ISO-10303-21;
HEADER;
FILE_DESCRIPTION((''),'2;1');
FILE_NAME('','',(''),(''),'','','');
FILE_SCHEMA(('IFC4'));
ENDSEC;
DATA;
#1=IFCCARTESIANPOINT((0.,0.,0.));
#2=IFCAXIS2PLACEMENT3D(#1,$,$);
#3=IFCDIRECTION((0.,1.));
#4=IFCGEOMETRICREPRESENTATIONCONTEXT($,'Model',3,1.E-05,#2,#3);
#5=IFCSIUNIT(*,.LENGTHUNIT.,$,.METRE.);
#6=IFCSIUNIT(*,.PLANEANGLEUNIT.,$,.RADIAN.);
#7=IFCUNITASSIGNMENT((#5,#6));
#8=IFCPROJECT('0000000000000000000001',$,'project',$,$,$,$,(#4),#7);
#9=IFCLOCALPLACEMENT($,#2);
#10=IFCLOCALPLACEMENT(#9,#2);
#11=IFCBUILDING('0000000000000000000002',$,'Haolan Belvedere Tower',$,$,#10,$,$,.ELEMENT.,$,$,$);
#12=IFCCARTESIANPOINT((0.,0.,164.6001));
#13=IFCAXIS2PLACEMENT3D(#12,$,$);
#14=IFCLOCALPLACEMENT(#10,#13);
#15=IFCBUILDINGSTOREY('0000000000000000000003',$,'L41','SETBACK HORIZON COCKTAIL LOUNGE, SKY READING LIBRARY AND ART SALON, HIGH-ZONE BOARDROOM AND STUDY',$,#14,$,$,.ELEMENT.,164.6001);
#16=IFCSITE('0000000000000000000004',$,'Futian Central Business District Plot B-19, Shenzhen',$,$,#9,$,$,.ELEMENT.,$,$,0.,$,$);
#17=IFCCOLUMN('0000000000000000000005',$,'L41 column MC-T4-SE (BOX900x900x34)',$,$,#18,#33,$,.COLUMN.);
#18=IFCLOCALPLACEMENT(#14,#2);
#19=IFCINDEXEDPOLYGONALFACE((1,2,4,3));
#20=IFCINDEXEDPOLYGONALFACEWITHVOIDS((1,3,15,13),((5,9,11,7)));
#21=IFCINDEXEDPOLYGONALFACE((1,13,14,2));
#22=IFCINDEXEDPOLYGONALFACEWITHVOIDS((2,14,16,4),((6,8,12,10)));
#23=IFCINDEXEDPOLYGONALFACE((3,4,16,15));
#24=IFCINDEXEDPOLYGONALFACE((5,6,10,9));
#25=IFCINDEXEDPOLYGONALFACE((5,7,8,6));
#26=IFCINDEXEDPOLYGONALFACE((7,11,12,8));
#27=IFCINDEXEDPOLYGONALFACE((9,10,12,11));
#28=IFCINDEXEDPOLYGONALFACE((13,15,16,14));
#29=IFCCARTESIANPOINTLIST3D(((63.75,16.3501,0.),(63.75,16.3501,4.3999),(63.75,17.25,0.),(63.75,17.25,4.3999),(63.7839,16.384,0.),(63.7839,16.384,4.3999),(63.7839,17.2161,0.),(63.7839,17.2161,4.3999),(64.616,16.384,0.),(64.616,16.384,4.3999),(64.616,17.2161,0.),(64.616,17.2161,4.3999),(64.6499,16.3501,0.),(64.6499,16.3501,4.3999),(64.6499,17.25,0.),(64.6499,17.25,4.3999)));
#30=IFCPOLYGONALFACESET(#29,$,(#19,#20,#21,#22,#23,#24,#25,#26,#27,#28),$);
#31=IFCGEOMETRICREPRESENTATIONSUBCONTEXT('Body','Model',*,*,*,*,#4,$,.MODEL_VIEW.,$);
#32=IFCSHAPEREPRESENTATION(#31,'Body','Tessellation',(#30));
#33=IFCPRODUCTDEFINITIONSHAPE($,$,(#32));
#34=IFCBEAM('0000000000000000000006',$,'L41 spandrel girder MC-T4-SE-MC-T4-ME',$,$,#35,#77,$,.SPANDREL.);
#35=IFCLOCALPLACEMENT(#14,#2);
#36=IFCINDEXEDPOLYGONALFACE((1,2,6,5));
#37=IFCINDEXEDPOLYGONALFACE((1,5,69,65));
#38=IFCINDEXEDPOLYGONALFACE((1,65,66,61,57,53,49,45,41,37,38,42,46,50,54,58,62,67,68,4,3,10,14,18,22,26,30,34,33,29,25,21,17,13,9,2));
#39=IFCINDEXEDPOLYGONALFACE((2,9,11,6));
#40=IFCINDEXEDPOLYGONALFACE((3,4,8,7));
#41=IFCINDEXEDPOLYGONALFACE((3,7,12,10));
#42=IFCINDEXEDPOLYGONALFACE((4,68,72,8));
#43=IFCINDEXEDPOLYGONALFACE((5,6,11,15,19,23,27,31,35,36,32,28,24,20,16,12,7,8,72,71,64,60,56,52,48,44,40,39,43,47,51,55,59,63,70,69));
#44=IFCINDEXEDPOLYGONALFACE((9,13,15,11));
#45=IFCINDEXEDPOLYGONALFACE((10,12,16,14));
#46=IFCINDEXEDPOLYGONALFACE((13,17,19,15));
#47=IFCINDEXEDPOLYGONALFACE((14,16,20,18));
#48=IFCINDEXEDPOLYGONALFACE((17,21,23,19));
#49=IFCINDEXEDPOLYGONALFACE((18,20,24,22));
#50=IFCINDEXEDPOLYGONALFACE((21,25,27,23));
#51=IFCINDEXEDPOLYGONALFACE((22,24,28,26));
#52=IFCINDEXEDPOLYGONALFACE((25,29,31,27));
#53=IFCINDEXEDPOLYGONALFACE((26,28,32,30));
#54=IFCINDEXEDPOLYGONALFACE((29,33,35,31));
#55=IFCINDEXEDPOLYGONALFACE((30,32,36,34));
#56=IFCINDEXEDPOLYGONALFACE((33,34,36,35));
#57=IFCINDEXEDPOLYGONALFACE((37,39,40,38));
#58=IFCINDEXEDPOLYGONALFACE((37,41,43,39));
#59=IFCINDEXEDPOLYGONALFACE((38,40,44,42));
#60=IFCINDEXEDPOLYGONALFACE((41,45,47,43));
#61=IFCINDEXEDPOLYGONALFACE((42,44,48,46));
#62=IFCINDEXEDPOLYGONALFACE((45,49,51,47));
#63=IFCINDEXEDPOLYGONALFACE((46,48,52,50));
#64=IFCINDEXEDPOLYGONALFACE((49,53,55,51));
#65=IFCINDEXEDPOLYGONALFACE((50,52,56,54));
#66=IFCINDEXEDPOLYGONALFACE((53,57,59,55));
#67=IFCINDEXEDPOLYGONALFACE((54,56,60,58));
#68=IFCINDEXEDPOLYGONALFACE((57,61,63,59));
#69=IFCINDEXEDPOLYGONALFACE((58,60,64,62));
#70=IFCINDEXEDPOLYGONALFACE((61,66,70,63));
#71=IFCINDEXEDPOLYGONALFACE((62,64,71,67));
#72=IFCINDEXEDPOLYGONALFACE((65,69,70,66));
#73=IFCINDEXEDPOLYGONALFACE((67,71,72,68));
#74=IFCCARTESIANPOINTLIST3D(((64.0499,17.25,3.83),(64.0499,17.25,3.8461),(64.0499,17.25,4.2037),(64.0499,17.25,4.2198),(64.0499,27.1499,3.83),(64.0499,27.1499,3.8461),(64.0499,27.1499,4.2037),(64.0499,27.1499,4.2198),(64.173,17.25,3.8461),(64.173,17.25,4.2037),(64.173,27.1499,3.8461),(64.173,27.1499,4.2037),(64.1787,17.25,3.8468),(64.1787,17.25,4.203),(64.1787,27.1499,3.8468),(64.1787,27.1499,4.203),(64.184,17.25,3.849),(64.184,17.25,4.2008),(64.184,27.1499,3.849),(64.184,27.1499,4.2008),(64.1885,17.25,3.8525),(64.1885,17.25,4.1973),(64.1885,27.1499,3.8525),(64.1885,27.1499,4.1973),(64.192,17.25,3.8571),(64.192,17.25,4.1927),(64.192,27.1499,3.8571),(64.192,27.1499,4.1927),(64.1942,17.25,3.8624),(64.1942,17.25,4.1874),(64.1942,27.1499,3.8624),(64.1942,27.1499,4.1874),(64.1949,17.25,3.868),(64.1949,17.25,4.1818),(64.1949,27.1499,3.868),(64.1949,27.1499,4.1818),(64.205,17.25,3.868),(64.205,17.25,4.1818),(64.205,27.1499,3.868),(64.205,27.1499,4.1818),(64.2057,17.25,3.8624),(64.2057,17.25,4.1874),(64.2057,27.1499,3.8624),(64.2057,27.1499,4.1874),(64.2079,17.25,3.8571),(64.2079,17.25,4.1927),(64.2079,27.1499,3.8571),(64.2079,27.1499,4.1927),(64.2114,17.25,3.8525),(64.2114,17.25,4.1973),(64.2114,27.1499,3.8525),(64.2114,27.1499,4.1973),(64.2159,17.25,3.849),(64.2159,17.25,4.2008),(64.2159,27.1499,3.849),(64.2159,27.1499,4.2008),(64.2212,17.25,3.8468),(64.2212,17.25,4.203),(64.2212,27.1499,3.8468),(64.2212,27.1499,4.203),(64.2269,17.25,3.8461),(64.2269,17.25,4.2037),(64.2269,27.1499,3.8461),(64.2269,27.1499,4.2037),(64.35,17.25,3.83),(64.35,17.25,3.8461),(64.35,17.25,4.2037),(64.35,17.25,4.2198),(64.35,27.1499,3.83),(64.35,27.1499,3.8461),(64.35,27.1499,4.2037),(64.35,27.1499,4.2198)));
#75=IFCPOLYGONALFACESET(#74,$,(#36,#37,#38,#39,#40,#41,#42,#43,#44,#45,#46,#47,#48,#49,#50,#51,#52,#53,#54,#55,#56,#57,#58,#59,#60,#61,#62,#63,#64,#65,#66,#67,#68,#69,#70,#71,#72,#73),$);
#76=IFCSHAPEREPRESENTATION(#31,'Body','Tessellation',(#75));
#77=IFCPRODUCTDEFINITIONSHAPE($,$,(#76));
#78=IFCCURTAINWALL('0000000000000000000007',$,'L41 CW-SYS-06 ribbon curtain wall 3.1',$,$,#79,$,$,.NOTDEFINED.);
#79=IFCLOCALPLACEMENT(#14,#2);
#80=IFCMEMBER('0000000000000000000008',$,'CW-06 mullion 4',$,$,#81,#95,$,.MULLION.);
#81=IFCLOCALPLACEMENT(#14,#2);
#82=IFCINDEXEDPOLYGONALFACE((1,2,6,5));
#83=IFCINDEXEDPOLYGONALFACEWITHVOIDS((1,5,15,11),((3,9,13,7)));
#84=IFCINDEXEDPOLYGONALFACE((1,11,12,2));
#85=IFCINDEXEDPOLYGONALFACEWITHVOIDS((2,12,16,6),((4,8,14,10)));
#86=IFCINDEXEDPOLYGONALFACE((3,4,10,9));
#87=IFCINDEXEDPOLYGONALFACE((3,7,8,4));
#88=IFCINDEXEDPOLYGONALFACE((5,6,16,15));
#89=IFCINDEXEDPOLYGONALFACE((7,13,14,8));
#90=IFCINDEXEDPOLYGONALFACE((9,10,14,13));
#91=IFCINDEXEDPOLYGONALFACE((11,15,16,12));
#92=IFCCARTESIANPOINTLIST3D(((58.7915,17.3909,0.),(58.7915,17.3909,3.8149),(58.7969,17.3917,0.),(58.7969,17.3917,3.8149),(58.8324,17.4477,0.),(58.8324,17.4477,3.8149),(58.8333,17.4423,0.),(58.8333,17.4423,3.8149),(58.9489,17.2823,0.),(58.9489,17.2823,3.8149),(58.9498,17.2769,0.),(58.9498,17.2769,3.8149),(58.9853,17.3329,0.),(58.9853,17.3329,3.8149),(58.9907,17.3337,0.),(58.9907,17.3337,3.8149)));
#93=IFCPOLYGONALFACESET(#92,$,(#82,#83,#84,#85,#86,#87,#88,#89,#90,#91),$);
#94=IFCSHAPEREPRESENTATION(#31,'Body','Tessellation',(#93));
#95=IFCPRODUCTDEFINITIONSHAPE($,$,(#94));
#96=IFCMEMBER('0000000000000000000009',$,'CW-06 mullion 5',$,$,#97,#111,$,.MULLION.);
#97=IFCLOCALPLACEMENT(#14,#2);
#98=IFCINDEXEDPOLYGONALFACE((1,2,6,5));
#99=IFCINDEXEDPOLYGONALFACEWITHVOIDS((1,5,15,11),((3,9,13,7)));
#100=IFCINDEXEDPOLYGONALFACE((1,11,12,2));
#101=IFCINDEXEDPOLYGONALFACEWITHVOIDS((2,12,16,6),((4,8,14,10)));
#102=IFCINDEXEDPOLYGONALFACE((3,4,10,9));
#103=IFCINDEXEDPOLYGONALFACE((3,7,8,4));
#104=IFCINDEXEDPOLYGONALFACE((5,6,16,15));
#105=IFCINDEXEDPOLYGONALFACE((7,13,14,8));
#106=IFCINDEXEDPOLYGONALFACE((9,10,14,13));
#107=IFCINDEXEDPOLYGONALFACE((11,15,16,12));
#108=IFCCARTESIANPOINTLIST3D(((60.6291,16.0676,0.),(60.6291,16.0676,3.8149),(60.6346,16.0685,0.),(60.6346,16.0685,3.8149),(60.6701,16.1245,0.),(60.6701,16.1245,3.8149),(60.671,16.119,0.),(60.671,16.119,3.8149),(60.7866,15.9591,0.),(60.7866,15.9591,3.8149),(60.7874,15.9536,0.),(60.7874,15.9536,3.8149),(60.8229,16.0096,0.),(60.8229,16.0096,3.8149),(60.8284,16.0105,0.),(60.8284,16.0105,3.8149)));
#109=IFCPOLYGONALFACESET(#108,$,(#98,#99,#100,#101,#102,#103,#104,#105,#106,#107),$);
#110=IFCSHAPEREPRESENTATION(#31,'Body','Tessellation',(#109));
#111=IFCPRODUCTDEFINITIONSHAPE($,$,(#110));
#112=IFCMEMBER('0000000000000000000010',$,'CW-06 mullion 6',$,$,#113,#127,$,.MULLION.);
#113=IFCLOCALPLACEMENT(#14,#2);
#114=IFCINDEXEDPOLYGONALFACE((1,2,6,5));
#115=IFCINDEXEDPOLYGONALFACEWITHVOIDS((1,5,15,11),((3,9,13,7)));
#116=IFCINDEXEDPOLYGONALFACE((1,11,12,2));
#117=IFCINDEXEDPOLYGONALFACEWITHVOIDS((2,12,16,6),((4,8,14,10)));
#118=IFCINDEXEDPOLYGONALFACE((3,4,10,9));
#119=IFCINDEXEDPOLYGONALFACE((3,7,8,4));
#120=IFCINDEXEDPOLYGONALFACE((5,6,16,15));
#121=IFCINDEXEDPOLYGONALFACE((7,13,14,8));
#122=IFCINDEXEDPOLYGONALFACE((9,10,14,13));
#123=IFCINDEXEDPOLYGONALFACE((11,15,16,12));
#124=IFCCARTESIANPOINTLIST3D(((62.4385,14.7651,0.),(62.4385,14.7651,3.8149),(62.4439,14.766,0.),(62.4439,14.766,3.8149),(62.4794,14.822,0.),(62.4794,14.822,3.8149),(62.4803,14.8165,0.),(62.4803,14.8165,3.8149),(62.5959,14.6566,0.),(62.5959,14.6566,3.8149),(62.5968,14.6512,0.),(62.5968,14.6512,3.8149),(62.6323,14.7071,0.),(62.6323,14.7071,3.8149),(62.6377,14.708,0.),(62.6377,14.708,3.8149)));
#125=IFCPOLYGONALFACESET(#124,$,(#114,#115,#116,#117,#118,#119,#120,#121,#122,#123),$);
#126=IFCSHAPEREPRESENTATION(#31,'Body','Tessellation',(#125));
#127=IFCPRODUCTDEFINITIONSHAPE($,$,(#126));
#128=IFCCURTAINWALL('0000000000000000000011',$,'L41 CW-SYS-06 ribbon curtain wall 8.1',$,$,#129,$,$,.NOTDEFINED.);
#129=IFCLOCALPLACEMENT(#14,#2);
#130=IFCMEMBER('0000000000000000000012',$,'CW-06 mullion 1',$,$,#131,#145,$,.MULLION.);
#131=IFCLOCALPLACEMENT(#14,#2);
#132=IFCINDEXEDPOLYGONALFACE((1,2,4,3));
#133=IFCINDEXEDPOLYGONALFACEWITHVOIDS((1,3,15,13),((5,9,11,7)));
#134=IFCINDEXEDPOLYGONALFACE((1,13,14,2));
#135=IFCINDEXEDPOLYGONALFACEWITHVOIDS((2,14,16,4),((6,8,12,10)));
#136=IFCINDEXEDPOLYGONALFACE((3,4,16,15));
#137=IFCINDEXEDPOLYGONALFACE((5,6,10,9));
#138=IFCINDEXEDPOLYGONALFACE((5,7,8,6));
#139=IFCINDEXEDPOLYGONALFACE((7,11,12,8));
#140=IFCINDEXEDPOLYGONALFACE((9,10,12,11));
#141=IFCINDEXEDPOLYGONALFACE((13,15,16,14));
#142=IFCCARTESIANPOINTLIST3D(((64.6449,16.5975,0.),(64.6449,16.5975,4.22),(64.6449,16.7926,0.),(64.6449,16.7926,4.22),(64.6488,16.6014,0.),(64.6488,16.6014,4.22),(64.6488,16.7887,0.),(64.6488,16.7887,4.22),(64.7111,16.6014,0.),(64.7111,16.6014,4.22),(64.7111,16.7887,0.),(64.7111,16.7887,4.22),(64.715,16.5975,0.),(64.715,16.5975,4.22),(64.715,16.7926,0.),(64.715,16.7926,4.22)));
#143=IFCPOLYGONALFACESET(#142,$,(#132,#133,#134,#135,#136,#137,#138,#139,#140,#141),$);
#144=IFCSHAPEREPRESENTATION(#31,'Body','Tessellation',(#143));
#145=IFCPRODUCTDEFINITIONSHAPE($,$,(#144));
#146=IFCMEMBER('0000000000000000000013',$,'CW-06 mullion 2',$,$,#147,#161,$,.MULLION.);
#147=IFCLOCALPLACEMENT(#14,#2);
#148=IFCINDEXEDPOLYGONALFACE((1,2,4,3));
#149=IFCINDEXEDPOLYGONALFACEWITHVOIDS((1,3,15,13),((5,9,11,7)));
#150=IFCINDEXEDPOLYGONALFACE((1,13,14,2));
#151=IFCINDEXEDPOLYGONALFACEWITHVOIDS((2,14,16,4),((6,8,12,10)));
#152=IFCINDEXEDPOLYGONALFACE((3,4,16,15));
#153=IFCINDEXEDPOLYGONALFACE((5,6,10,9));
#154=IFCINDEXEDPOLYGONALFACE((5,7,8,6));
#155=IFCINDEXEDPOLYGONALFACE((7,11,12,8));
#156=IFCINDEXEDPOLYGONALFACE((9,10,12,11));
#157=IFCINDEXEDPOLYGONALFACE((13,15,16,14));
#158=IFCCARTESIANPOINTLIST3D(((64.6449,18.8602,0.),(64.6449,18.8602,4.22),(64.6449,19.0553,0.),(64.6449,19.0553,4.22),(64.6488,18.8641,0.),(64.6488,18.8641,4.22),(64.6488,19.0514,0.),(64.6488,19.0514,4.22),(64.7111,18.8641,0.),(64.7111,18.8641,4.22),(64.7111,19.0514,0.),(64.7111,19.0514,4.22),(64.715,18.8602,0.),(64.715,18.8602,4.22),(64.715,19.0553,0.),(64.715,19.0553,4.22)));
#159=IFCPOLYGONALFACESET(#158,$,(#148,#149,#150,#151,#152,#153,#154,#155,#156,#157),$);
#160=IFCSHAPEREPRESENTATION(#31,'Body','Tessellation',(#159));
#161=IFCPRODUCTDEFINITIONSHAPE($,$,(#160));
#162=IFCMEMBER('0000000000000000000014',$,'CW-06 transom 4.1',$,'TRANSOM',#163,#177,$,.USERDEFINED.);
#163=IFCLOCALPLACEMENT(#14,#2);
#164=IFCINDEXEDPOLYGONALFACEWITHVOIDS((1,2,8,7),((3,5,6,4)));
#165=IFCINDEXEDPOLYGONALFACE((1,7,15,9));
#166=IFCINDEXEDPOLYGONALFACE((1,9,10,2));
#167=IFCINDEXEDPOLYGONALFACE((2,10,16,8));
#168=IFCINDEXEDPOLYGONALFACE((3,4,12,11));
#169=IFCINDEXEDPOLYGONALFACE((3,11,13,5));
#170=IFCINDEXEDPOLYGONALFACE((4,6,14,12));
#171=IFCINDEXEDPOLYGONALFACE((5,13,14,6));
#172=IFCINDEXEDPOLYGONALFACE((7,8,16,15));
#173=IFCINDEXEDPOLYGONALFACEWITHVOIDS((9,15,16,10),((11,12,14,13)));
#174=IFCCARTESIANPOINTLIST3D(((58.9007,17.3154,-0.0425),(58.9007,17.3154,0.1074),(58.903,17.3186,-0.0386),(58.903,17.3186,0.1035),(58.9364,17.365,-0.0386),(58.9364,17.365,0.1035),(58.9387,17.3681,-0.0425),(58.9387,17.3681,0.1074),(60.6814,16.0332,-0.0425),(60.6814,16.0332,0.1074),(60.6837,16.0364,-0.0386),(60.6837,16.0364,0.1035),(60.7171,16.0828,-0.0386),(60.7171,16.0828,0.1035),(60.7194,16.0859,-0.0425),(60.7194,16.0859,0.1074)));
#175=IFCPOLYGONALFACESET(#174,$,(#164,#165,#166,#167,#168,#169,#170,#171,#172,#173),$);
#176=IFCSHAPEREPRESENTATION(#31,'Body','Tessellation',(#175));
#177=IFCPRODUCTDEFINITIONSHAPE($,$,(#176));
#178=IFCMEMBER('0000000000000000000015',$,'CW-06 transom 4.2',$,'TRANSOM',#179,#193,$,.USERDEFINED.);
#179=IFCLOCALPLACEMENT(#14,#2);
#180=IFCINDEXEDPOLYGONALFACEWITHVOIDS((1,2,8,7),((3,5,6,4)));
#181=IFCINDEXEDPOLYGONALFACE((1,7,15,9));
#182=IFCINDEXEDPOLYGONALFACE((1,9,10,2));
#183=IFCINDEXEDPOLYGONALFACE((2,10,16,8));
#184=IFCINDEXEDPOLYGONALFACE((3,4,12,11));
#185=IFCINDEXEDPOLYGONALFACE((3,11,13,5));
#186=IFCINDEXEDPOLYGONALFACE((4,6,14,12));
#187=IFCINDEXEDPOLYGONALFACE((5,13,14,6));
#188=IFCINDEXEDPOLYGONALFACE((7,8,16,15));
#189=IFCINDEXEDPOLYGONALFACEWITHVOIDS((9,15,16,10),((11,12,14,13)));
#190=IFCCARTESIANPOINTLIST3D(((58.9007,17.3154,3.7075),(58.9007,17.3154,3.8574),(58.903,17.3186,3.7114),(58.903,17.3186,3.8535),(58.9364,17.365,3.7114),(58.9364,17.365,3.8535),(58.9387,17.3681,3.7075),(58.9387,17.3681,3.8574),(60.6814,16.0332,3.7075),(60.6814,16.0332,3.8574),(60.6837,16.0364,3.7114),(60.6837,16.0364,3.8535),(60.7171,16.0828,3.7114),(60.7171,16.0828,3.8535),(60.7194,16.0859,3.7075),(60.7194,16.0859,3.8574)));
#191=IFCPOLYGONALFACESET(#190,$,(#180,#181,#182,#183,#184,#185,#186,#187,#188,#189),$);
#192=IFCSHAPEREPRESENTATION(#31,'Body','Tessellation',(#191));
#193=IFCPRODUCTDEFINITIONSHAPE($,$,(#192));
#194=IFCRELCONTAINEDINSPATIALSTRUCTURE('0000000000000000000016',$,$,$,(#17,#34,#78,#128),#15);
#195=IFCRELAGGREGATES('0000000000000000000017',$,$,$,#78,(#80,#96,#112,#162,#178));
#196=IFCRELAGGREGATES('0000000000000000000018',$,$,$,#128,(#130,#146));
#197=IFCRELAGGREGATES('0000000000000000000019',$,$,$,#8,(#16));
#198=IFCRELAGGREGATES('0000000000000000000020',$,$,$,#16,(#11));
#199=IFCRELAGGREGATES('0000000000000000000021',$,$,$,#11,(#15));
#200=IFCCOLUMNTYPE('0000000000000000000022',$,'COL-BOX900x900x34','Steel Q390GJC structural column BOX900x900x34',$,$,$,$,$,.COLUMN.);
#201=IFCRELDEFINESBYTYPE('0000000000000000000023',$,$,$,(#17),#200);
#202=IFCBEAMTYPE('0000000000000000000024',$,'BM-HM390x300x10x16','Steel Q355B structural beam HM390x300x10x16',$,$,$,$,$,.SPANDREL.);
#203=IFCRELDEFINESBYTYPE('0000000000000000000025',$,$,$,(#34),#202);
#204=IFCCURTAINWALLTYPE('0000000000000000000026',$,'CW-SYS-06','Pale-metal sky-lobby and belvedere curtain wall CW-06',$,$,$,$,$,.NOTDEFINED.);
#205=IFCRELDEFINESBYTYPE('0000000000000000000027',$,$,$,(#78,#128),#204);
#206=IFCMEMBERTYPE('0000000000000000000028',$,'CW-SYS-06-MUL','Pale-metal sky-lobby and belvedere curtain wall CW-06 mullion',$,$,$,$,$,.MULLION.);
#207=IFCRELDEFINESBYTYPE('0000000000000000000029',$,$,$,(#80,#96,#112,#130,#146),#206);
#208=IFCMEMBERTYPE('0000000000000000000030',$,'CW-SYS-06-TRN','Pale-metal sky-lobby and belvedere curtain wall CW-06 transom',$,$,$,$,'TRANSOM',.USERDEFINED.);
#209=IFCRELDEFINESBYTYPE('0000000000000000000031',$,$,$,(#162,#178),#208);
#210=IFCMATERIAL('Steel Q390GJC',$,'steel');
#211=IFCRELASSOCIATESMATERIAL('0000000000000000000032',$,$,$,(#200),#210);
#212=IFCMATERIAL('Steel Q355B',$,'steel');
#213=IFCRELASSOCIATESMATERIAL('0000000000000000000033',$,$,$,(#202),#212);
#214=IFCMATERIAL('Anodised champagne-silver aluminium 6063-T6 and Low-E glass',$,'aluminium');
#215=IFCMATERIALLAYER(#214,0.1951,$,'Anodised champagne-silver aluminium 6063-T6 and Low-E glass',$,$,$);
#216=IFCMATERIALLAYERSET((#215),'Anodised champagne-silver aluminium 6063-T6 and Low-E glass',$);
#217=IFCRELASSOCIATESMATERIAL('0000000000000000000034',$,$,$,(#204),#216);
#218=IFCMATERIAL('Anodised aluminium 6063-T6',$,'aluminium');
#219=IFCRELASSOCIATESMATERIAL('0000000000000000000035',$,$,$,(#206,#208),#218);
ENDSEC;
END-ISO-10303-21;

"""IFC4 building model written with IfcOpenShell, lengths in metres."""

from ifc_helpers import new_model, si_unit, direction, frame, origin, origin_2d, place, context, subcontext, project, spatial, hollow_rectangle, i_section, extrude, material, layer, layer_set, material_profile, profile_set, type_object, element, aggregate, save


model = new_model("IFC4")

# Units and contexts
model_context = context("Model", 3, precision=1e-05, world=origin(), true_north=direction((0.0, 1.0)))
body_context = subcontext(model_context, "Body", "Model", "MODEL_VIEW")
ifc_project = project(units=[si_unit("LENGTHUNIT", "METRE"), si_unit("PLANEANGLEUNIT", "RADIAN")], contexts=[model_context])

# Site, building, storey
site_placement = place(None, origin())
site = spatial("IfcSite", under=ifc_project, at=site_placement, Name="Futian Central Business District Plot B-19, Shenzhen", CompositionType="ELEMENT", RefElevation=0.0)
building_placement = place(site_placement, origin())
building = spatial("IfcBuilding", under=site, at=building_placement, Name="Haolan Belvedere Tower", CompositionType="ELEMENT")
storey_placement = place(building_placement, frame((0.0, 0.0, 164.6001)))
storey = spatial("IfcBuildingStorey", under=building, at=storey_placement, Name="L41", Description="SETBACK HORIZON COCKTAIL LOUNGE, SKY READING LIBRARY AND ART SALON, HIGH-ZONE BOARDROOM AND STUDY", CompositionType="ELEMENT", Elevation=164.6001)

# Column
ifc_material_1 = material(Name="Steel Q390GJC", Category="steel")
ifc_material_profile_1 = material_profile(ifc_material_1, hollow_rectangle(XDim=0.8999, YDim=0.8999, WallThickness=0.0339, at=origin_2d()), Name="Steel Q390GJC")
ifc_profile_set_1 = profile_set([ifc_material_profile_1], Name="Steel Q390GJC")
column_type = type_object("IfcColumnType", Name="COL-BOX900x900x34", Description="Steel Q390GJC structural column BOX900x900x34", PredefinedType="COLUMN", material=ifc_profile_set_1)
column_placement = place(storey_placement, frame((64.2, 16.8, 0.0), z_axis=(0.0, 0.0, 1.0), x_axis=(1.0, 0.0, 0.0)))
element("IfcColumn", 1, at=column_placement, inside=storey, type_object=column_type, Name="L41 column MC-T4-SE (BOX900x900x34)", PredefinedType="COLUMN", context=body_context, shape_type="SweptSolid", body=[
    extrude(hollow_rectangle(XDim=0.8999, YDim=0.8999, WallThickness=0.0339, at=origin_2d()), origin(), (0.0, 0.0, 1.0), 4.3999),
])

# Beam
ifc_material_2 = material(Name="Steel Q355B", Category="steel")
ifc_material_profile_2 = material_profile(ifc_material_2, i_section(OverallWidth=0.3, OverallDepth=0.3899, WebThickness=0.01, FlangeThickness=0.0161, FilletRadius=0.022, at=origin_2d()), Name="Steel Q355B")
ifc_profile_set_2 = profile_set([ifc_material_profile_2], Name="Steel Q355B")
beam_type = type_object("IfcBeamType", Name="BM-HM390x300x10x16", Description="Steel Q355B structural beam HM390x300x10x16", PredefinedType="SPANDREL", material=ifc_profile_set_2)
beam_placement = place(storey_placement, frame((64.2, 17.25, 4.0249), z_axis=(0.0, 1.0, 0.0), x_axis=(-1.0, 0.0, 0.0)))
element("IfcBeam", 2, at=beam_placement, inside=storey, type_object=beam_type, Name="L41 spandrel girder MC-T4-SE-MC-T4-ME", PredefinedType="SPANDREL", context=body_context, shape_type="SweptSolid", body=[
    extrude(i_section(OverallWidth=0.3, OverallDepth=0.3899, WebThickness=0.01, FlangeThickness=0.0161, FilletRadius=0.022, at=origin_2d()), origin(), (0.0, 0.0, 1.0), 9.8999),
])

# Curtain walls, members
ifc_material_3 = material(Name="Anodised champagne-silver aluminium 6063-T6 and Low-E glass", Category="aluminium")
ifc_layer_1 = layer(ifc_material_3, 0.1951, Name="Anodised champagne-silver aluminium 6063-T6 and Low-E glass")
ifc_layer_set_1 = layer_set([ifc_layer_1], Name="Anodised champagne-silver aluminium 6063-T6 and Low-E glass")
curtain_wall_type = type_object("IfcCurtainWallType", Name="CW-SYS-06", Description="Pale-metal sky-lobby and belvedere curtain wall CW-06", PredefinedType="NOTDEFINED", material=ifc_layer_set_1)
curtain_wall_1_placement = place(storey_placement, origin())
curtain_wall_1 = element("IfcCurtainWall", 3, at=curtain_wall_1_placement, inside=storey, type_object=curtain_wall_type, Name="L41 CW-SYS-06 ribbon curtain wall 3.1", PredefinedType="NOTDEFINED")
ifc_material_4 = material(Name="Anodised aluminium 6063-T6", Category="aluminium")
ifc_material_profile_3 = material_profile(ifc_material_4, hollow_rectangle(XDim=0.0701, YDim=0.1951, WallThickness=0.0039, at=origin_2d()), Name="Anodised aluminium 6063-T6")
ifc_profile_set_3 = profile_set([ifc_material_profile_3], Name="Anodised aluminium 6063-T6")
member_type_1 = type_object("IfcMemberType", Name="CW-SYS-06-MUL", Description="Pale-metal sky-lobby and belvedere curtain wall CW-06 mullion", PredefinedType="MULLION", material=ifc_profile_set_3)
member_1_placement = place(storey_placement, frame((58.8911, 17.3623, 0.0), z_axis=(0.0, 0.0, 1.0), x_axis=(0.584297, 0.81154, 0.0)))
member_1 = element("IfcMember", 4, at=member_1_placement, type_object=member_type_1, Name="CW-06 mullion 4", PredefinedType="MULLION", context=body_context, shape_type="SweptSolid", body=[
    extrude(hollow_rectangle(XDim=0.0701, YDim=0.1951, WallThickness=0.0039, at=origin_2d()), origin(), (0.0, 0.0, 1.0), 3.8149),
])
member_2_placement = place(storey_placement, frame((60.7288, 16.0391, 0.0), z_axis=(0.0, 0.0, 1.0), x_axis=(0.584297, 0.81154, 0.0)))
member_2 = element("IfcMember", 5, at=member_2_placement, type_object=member_type_1, Name="CW-06 mullion 5", PredefinedType="MULLION", context=body_context, shape_type="SweptSolid", body=[
    extrude(hollow_rectangle(XDim=0.0701, YDim=0.1951, WallThickness=0.0039, at=origin_2d()), origin(), (0.0, 0.0, 1.0), 3.8149),
])
member_3_placement = place(storey_placement, frame((62.5381, 14.7366, 0.0), z_axis=(0.0, 0.0, 1.0), x_axis=(0.584297, 0.81154, 0.0)))
member_3 = element("IfcMember", 6, at=member_3_placement, type_object=member_type_1, Name="CW-06 mullion 6", PredefinedType="MULLION", context=body_context, shape_type="SweptSolid", body=[
    extrude(hollow_rectangle(XDim=0.0701, YDim=0.1951, WallThickness=0.0039, at=origin_2d()), origin(), (0.0, 0.0, 1.0), 3.8149),
])
curtain_wall_2_placement = place(storey_placement, origin())
curtain_wall_2 = element("IfcCurtainWall", 7, at=curtain_wall_2_placement, inside=storey, type_object=curtain_wall_type, Name="L41 CW-SYS-06 ribbon curtain wall 8.1", PredefinedType="NOTDEFINED")
member_4_placement = place(storey_placement, frame((64.6799, 16.6951, 0.0), z_axis=(0.0, 0.0, 1.0), x_axis=(-1.0, 0.0, 0.0)))
member_4 = element("IfcMember", 8, at=member_4_placement, type_object=member_type_1, Name="CW-06 mullion 1", PredefinedType="MULLION", context=body_context, shape_type="SweptSolid", body=[
    extrude(hollow_rectangle(XDim=0.0701, YDim=0.1951, WallThickness=0.0039, at=origin_2d()), origin(), (0.0, 0.0, 1.0), 4.22),
])
member_5_placement = place(storey_placement, frame((64.6799, 18.9578, 0.0), z_axis=(0.0, 0.0, 1.0), x_axis=(-1.0, 0.0, 0.0)))
member_5 = element("IfcMember", 9, at=member_5_placement, type_object=member_type_1, Name="CW-06 mullion 2", PredefinedType="MULLION", context=body_context, shape_type="SweptSolid", body=[
    extrude(hollow_rectangle(XDim=0.0701, YDim=0.1951, WallThickness=0.0039, at=origin_2d()), origin(), (0.0, 0.0, 1.0), 4.22),
])

# Members
ifc_material_profile_4 = material_profile(ifc_material_4, hollow_rectangle(XDim=0.0649, YDim=0.1499, WallThickness=0.0039, at=origin_2d()), Name="Anodised aluminium 6063-T6")
ifc_profile_set_4 = profile_set([ifc_material_profile_4], Name="Anodised aluminium 6063-T6")
member_type_2 = type_object("IfcMemberType", Name="CW-SYS-06-TRN", Description="Pale-metal sky-lobby and belvedere curtain wall CW-06 transom", ElementType="TRANSOM", PredefinedType="USERDEFINED", material=ifc_profile_set_4)
member_6_placement = place(storey_placement, frame((58.9197, 17.3418, 0.0325), z_axis=(0.811517, -0.584328, 0.0), x_axis=(0.584328, 0.811517, 0.0)))
member_6 = element("IfcMember", 10, at=member_6_placement, type_object=member_type_2, Name="CW-06 transom 4.1", ObjectType="TRANSOM", PredefinedType="USERDEFINED", context=body_context, shape_type="SweptSolid", body=[
    extrude(hollow_rectangle(XDim=0.0649, YDim=0.1499, WallThickness=0.0039, at=origin_2d()), origin(), (0.0, 0.0, 1.0), 2.1943),
])
member_7_placement = place(storey_placement, frame((58.9197, 17.3418, 3.7825), z_axis=(0.811517, -0.584328, 0.0), x_axis=(0.584328, 0.811517, 0.0)))
member_7 = element("IfcMember", 11, at=member_7_placement, type_object=member_type_2, Name="CW-06 transom 4.2", ObjectType="TRANSOM", PredefinedType="USERDEFINED", context=body_context, shape_type="SweptSolid", body=[
    extrude(hollow_rectangle(XDim=0.0649, YDim=0.1499, WallThickness=0.0039, at=origin_2d()), origin(), (0.0, 0.0, 1.0), 2.1943),
])

aggregate(curtain_wall_1, [member_1, member_2, member_3, member_6, member_7])
aggregate(curtain_wall_2, [member_4, member_5])

save(model, "model.ifc")
